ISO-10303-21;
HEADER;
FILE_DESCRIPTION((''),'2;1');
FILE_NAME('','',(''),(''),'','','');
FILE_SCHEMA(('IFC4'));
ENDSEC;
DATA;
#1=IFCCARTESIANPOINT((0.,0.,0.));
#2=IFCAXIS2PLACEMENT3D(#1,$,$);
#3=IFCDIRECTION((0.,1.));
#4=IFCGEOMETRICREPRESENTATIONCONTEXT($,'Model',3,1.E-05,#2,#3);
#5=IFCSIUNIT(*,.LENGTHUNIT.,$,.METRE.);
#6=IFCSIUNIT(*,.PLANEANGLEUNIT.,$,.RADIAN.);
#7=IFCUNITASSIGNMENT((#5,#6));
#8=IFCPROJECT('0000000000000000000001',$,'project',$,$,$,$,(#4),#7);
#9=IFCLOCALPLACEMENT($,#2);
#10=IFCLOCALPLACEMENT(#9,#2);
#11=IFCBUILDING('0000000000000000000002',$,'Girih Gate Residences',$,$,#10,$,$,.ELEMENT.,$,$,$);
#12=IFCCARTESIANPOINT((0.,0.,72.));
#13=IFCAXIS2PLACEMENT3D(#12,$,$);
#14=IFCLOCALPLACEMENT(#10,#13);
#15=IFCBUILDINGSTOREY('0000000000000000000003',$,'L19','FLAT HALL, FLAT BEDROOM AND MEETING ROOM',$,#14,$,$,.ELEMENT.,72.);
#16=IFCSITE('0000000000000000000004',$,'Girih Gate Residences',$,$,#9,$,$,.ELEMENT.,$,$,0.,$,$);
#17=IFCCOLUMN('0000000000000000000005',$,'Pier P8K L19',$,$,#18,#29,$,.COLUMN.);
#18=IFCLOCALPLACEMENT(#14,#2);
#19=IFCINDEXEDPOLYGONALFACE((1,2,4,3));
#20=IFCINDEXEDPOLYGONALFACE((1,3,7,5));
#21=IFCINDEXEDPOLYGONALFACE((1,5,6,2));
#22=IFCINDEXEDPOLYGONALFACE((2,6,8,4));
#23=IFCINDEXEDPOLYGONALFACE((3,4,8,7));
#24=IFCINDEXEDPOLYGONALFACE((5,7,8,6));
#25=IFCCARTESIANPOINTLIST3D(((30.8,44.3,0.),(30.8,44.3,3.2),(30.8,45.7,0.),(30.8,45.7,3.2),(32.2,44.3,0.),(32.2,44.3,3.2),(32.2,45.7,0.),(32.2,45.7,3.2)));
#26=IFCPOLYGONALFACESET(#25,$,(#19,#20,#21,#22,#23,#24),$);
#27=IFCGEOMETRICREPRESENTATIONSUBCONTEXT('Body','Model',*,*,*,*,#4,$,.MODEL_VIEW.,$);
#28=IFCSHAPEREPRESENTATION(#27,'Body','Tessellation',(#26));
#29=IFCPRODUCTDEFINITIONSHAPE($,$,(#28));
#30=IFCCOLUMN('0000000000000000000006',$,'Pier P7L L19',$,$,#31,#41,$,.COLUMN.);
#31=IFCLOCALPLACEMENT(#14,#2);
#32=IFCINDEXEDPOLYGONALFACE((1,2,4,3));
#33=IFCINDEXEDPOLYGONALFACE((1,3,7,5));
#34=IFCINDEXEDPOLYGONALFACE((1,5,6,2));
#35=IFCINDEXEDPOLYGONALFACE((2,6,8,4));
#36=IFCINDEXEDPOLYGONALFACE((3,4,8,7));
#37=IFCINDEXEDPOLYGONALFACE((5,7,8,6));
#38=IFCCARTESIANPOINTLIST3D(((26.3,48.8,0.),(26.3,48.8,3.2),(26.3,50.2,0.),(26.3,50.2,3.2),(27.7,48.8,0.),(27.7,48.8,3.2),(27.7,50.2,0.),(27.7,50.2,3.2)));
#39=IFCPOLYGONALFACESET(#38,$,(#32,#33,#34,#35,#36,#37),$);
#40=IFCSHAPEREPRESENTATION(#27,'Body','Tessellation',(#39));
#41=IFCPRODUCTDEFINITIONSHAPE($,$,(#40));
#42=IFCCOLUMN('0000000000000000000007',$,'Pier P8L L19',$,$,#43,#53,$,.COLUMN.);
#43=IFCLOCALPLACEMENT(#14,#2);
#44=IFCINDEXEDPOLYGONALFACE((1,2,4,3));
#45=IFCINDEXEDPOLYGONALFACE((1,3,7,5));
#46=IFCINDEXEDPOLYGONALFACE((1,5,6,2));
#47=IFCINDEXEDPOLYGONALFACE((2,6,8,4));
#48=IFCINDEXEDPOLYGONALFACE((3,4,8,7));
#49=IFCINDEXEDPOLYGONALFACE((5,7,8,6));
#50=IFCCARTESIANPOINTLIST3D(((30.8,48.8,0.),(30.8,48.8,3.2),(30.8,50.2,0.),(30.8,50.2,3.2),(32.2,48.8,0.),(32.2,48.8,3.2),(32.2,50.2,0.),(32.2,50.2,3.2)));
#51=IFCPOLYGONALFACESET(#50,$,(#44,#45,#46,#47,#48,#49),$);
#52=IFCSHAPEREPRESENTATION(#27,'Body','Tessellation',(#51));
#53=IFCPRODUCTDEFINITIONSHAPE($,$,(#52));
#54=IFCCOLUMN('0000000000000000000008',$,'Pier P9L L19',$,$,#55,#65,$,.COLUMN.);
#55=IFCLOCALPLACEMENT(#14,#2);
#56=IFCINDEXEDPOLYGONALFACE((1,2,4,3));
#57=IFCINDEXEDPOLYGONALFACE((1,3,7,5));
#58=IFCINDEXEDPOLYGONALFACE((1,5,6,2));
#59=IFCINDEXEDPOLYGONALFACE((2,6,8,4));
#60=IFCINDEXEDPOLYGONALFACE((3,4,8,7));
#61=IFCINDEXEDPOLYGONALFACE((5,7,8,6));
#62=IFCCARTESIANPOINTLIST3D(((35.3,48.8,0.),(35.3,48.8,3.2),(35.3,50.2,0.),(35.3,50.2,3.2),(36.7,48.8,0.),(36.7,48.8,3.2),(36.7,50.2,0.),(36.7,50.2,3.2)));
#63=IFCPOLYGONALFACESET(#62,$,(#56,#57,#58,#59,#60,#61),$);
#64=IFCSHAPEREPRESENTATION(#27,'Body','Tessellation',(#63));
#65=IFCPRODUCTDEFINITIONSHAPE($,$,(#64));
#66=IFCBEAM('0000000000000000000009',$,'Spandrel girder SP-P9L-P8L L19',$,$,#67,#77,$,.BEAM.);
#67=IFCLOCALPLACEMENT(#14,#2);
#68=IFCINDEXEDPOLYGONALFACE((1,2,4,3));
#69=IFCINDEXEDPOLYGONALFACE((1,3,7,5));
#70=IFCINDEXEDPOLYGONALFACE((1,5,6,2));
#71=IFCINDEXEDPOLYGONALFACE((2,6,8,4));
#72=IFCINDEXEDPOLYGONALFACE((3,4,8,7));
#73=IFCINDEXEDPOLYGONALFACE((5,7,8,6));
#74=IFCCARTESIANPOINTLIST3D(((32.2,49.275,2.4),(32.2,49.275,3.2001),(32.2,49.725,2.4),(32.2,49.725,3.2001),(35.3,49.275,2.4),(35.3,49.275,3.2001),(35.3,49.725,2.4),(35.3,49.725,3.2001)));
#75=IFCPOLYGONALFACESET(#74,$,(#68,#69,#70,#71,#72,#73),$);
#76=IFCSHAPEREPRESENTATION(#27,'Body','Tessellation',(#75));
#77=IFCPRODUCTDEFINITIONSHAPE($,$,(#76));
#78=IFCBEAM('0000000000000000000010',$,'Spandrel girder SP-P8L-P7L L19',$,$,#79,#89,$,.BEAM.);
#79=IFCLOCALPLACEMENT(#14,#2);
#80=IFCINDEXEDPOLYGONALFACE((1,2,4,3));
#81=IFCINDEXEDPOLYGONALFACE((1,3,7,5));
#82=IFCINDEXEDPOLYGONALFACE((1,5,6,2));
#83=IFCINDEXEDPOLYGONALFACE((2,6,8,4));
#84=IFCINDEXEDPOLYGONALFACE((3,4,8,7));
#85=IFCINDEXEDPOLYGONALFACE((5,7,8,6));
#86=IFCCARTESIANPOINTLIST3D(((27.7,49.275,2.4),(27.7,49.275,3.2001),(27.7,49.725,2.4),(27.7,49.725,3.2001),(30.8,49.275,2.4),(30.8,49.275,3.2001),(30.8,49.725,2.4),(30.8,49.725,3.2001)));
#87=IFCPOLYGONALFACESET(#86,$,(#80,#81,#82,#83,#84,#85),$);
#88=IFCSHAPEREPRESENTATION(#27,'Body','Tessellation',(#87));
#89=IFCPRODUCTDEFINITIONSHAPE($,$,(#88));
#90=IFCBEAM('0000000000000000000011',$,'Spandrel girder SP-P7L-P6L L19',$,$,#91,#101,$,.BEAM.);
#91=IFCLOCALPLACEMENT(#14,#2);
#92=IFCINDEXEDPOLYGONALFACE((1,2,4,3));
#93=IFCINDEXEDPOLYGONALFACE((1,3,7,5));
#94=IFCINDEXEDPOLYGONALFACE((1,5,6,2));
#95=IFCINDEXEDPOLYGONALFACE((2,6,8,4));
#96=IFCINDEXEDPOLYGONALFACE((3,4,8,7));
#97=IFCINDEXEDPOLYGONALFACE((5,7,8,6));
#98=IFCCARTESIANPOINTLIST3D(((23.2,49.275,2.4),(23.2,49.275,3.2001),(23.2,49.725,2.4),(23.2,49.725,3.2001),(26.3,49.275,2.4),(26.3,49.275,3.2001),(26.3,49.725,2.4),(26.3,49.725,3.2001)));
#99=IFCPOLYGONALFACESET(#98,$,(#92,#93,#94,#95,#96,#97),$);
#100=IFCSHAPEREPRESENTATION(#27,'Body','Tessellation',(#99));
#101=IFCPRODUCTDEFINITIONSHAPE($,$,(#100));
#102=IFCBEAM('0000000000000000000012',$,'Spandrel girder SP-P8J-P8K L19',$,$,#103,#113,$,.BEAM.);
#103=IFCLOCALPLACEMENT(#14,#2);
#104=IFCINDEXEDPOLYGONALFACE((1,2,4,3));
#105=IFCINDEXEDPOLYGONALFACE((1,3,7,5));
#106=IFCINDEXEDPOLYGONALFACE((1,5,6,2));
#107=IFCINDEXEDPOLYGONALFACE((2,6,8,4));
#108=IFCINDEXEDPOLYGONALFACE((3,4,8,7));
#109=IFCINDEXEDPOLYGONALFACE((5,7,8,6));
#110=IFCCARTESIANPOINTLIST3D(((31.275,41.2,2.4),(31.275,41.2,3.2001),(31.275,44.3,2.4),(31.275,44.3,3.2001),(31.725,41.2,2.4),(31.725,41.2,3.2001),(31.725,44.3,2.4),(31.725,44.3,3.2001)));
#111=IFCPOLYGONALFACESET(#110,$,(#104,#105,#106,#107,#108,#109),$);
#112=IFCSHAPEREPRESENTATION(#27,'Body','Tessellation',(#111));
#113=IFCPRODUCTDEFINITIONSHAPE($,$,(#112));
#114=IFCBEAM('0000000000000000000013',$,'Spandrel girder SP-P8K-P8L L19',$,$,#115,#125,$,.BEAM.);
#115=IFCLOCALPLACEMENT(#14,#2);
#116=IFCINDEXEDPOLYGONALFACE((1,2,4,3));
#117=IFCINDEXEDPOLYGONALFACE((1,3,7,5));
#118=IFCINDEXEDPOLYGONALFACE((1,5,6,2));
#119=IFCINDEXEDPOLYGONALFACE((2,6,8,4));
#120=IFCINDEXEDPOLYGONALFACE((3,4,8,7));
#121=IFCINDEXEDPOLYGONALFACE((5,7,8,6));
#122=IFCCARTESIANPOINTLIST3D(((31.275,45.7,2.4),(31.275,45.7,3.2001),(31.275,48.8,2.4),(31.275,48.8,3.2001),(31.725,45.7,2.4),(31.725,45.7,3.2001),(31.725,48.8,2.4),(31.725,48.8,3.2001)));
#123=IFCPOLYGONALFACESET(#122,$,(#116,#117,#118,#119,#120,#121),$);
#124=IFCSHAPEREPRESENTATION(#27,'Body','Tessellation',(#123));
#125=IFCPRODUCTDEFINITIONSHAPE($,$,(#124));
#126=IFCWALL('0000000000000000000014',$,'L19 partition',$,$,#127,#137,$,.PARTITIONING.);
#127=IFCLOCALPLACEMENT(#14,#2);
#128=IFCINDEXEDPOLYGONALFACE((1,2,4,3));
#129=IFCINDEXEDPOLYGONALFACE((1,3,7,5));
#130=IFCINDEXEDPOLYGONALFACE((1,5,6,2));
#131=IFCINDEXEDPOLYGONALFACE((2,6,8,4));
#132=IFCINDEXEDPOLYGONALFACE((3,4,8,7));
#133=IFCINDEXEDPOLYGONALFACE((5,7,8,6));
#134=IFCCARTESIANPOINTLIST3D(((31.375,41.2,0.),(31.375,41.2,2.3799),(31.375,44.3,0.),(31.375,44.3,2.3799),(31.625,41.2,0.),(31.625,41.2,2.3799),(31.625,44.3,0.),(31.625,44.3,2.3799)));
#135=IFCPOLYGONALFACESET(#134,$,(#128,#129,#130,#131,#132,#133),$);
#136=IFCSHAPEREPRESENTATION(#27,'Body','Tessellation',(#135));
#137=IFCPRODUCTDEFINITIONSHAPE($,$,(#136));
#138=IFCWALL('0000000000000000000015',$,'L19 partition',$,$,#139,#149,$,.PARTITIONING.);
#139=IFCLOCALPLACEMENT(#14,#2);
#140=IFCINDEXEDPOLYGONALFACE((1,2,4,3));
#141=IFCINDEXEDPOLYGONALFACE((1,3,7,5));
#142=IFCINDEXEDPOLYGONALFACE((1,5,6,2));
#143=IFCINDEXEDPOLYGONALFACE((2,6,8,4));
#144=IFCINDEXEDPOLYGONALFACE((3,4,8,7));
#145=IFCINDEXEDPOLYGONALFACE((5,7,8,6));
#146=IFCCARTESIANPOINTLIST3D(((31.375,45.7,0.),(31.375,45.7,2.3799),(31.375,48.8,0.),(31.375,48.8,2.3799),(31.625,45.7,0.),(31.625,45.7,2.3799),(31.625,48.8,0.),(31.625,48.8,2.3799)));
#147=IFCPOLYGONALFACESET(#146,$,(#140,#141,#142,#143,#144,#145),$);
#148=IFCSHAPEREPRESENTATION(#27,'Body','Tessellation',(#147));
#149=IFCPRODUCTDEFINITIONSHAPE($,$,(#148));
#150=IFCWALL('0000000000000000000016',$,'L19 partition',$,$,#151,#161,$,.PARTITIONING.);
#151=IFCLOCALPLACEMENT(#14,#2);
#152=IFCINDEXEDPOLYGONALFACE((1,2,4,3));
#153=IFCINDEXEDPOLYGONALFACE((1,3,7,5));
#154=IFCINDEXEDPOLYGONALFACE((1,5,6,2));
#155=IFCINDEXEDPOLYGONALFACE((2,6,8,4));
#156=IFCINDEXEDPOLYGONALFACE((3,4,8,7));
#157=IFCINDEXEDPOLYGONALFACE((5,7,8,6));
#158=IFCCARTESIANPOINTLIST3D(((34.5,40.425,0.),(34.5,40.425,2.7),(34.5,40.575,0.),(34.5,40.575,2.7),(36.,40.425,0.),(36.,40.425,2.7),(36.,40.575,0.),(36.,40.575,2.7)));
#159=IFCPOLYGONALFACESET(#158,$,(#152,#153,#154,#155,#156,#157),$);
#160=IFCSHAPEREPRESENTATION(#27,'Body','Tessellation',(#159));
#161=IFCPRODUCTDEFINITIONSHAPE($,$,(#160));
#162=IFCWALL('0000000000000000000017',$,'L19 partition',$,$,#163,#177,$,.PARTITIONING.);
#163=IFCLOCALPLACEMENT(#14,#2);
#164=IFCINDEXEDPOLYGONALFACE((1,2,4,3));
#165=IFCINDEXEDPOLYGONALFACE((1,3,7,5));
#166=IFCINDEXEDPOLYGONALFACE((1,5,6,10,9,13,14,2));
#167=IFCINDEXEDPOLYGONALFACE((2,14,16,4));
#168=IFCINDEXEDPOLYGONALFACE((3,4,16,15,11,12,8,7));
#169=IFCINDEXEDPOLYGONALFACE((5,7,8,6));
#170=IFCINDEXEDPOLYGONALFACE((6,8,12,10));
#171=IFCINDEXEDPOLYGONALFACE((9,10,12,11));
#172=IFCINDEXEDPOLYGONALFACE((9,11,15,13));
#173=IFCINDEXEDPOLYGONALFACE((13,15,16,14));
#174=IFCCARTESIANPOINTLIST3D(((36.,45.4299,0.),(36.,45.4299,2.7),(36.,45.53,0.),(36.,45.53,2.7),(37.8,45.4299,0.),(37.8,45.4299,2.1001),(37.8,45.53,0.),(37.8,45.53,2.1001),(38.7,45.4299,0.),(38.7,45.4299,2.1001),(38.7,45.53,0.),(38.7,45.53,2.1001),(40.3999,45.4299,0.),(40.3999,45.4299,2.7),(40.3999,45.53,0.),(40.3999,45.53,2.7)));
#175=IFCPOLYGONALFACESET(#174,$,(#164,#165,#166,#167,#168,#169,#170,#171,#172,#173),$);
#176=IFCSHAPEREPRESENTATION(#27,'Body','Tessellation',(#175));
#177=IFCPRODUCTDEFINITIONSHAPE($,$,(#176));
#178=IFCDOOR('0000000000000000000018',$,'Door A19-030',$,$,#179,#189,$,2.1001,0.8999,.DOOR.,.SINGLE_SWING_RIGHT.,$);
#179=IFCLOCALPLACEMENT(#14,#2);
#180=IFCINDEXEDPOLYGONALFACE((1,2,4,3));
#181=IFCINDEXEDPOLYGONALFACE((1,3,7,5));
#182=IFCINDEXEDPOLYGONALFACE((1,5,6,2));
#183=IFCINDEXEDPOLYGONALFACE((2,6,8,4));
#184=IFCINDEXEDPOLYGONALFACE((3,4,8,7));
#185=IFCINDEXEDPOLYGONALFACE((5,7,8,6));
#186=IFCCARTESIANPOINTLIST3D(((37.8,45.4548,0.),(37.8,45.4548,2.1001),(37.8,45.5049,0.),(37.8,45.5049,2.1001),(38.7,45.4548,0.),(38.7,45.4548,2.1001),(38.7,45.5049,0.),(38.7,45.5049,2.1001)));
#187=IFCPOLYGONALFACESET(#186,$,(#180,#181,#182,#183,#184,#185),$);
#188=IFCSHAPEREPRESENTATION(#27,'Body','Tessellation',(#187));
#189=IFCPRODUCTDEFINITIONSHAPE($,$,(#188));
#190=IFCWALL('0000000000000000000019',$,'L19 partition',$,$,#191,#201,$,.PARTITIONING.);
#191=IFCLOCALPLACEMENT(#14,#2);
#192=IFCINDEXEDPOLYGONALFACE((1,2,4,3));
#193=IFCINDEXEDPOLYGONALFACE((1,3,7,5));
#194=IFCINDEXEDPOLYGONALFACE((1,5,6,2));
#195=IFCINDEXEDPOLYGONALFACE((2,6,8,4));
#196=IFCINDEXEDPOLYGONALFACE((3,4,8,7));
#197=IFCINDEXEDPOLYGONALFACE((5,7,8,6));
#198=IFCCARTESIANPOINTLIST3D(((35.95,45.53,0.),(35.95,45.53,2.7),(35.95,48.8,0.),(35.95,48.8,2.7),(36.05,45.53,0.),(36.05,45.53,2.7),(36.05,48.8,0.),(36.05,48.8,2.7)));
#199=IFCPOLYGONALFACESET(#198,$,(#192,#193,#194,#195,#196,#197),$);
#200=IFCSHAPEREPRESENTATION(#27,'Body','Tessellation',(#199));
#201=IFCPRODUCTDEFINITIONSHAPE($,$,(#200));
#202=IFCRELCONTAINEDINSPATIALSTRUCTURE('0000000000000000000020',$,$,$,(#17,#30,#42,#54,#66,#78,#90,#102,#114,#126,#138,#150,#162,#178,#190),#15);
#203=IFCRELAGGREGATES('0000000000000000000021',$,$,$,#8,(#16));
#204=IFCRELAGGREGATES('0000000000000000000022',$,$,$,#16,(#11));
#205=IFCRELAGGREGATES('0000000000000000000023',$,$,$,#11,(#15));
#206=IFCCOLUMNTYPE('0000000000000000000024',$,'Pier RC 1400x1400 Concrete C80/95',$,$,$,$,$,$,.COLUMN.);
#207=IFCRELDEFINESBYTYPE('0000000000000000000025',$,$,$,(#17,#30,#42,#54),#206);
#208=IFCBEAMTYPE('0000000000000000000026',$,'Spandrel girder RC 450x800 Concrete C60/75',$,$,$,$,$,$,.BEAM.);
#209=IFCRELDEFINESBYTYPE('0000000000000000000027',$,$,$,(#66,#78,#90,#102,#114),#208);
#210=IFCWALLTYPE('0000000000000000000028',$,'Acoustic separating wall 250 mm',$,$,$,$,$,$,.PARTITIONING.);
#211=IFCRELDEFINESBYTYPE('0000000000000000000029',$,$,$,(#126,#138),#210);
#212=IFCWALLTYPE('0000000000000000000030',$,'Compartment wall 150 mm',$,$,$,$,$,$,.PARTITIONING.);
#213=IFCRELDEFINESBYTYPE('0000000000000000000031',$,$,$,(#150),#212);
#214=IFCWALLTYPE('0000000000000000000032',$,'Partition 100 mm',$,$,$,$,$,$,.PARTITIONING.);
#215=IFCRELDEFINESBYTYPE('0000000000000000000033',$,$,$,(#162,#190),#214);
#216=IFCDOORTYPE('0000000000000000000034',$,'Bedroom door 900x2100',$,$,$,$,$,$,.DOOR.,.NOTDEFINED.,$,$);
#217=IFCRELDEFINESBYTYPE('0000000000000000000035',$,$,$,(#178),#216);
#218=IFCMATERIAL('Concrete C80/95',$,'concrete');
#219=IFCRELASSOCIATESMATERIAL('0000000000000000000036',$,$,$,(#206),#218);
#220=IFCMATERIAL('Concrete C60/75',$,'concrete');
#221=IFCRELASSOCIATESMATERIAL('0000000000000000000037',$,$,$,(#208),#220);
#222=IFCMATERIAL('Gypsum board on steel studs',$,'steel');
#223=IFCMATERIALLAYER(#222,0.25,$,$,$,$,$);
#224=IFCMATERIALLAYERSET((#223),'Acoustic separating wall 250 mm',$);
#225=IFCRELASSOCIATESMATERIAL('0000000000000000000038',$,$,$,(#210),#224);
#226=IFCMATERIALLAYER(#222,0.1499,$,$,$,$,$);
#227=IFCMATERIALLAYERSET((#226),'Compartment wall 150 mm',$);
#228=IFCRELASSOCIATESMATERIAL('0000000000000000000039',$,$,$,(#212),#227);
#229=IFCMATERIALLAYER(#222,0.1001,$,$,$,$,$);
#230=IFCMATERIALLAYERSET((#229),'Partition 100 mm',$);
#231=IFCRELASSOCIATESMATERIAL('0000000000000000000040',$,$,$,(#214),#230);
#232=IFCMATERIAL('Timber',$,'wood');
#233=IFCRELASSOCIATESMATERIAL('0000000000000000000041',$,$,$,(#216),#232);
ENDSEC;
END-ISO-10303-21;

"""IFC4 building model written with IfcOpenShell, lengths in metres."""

from ifc_helpers import new_model, si_unit, direction, frame, frame_2d, origin, origin_2d, place, context, subcontext, project, spatial, rectangle, extrude, material, layer, layer_set, material_profile, profile_set, type_object, element, fill, save


model = new_model("IFC4")

# Units and contexts
model_context = context("Model", 3, precision=1e-05, world=origin(), true_north=direction((0.0, 1.0)))
body_context = subcontext(model_context, "Body", "Model", "MODEL_VIEW")
ifc_project = project(units=[si_unit("LENGTHUNIT", "METRE"), si_unit("PLANEANGLEUNIT", "RADIAN")], contexts=[model_context])

# Site, building, storey
site_placement = place(None, origin())
site = spatial("IfcSite", under=ifc_project, at=site_placement, Name="Girih Gate Residences", CompositionType="ELEMENT", RefElevation=0.0)
building_placement = place(site_placement, origin())
building = spatial("IfcBuilding", under=site, at=building_placement, Name="Girih Gate Residences", CompositionType="ELEMENT")
storey_placement = place(building_placement, frame((0.0, 0.0, 72.0)))
storey = spatial("IfcBuildingStorey", under=building, at=storey_placement, Name="L19", Description="FLAT HALL, FLAT BEDROOM AND MEETING ROOM", CompositionType="ELEMENT", Elevation=72.0)

# Columns
ifc_material_1 = material(Name="Concrete C80/95", Category="concrete")
ifc_material_profile_1 = material_profile(ifc_material_1, rectangle(XDim=1.3999, YDim=1.3999, at=origin_2d()))
ifc_profile_set_1 = profile_set([ifc_material_profile_1], Name="Concrete C80/95")
column_type = type_object("IfcColumnType", Name="Pier RC 1400x1400 Concrete C80/95", PredefinedType="COLUMN", material=ifc_profile_set_1)
for number, where, z_axis, x_axis, name in (
    (1, (31.5, 45.0, 0.0), (0.0, 0.0, 1.0), (1.0, 0.0, 0.0), "Pier P8K L19"),
    (2, (27.0, 49.5, 0.0), (0.0, 0.0, 1.0), (1.0, 0.0, 0.0), "Pier P7L L19"),
    (3, (31.5, 49.5, 0.0), (0.0, 0.0, 1.0), (1.0, 0.0, 0.0), "Pier P8L L19"),
    (4, (36.0, 49.5, 0.0), (0.0, 0.0, 1.0), (1.0, 0.0, 0.0), "Pier P9L L19"),
):
    element("IfcColumn", number, at=place(storey_placement, frame(where, z_axis=z_axis, x_axis=x_axis)), inside=storey, type_object=column_type, Name=name, PredefinedType="COLUMN", context=body_context, shape_type="SweptSolid", body=[
        extrude(rectangle(XDim=1.3999, YDim=1.3999, at=origin_2d()), origin(), (0.0, 0.0, 1.0), 3.2),
    ])

# Beams
ifc_material_2 = material(Name="Concrete C60/75", Category="concrete")
ifc_material_profile_2 = material_profile(ifc_material_2, rectangle(XDim=0.45, YDim=0.8, at=origin_2d()))
ifc_profile_set_2 = profile_set([ifc_material_profile_2], Name="Concrete C60/75")
beam_type = type_object("IfcBeamType", Name="Spandrel girder RC 450x800 Concrete C60/75", PredefinedType="BEAM", material=ifc_profile_set_2)
for number, where, z_axis, x_axis, name in (
    (5, (35.3, 49.5, 2.8), (-1.0, 0.0, 0.0), (0.0, -1.0, 0.0), "Spandrel girder SP-P9L-P8L L19"),
    (6, (30.8, 49.5, 2.8), (-1.0, 0.0, 0.0), (0.0, -1.0, 0.0), "Spandrel girder SP-P8L-P7L L19"),
    (7, (26.3, 49.5, 2.8), (-1.0, 0.0, 0.0), (0.0, -1.0, 0.0), "Spandrel girder SP-P7L-P6L L19"),
    (8, (31.5, 41.2, 2.8), (0.0, 1.0, 0.0), (-1.0, 0.0, 0.0), "Spandrel girder SP-P8J-P8K L19"),
    (9, (31.5, 45.7, 2.8), (0.0, 1.0, 0.0), (-1.0, 0.0, 0.0), "Spandrel girder SP-P8K-P8L L19"),
):
    element("IfcBeam", number, at=place(storey_placement, frame(where, z_axis=z_axis, x_axis=x_axis)), inside=storey, type_object=beam_type, Name=name, PredefinedType="BEAM", context=body_context, shape_type="SweptSolid", body=[
        extrude(rectangle(XDim=0.45, YDim=0.8, at=origin_2d()), origin(), (0.0, 0.0, 1.0), 3.1001),
    ])

# Walls
ifc_material_3 = material(Name="Gypsum board on steel studs", Category="steel")
ifc_layer_1 = layer(ifc_material_3, 0.25)
ifc_layer_set_1 = layer_set([ifc_layer_1], Name="Acoustic separating wall 250 mm")
wall_type_1 = type_object("IfcWallType", Name="Acoustic separating wall 250 mm", PredefinedType="PARTITIONING", material=ifc_layer_set_1)
for number, where, z_axis, x_axis, name in (
    (10, (31.5, 41.2, 0.0), (0.0, 0.0, 1.0), (0.0, 1.0, 0.0), "L19 partition"),
    (11, (31.5, 45.7, 0.0), (0.0, 0.0, 1.0), (0.0, 1.0, 0.0), "L19 partition"),
):
    element("IfcWall", number, at=place(storey_placement, frame(where, z_axis=z_axis, x_axis=x_axis)), inside=storey, type_object=wall_type_1, Name=name, PredefinedType="PARTITIONING", context=body_context, shape_type="SweptSolid", body=[
        extrude(rectangle(XDim=3.1001, YDim=0.25, at=frame_2d((1.55, 0.0))), origin(), (0.0, 0.0, 1.0), 2.3799),
    ])
ifc_layer_2 = layer(ifc_material_3, 0.1499)
ifc_layer_set_2 = layer_set([ifc_layer_2], Name="Compartment wall 150 mm")
wall_type_2 = type_object("IfcWallType", Name="Compartment wall 150 mm", PredefinedType="PARTITIONING", material=ifc_layer_set_2)
wall_1_placement = place(storey_placement, frame((34.5, 40.5, 0.0), z_axis=(0.0, 0.0, 1.0), x_axis=(1.0, 0.0, 0.0)))
element("IfcWall", 12, at=wall_1_placement, inside=storey, type_object=wall_type_2, Name="L19 partition", PredefinedType="PARTITIONING", context=body_context, shape_type="SweptSolid", body=[
    extrude(rectangle(XDim=1.5, YDim=0.1499, at=frame_2d((0.75, 0.0))), origin(), (0.0, 0.0, 1.0), 2.7),
])

# Wall, opening, door
ifc_layer_3 = layer(ifc_material_3, 0.1001)
ifc_layer_set_3 = layer_set([ifc_layer_3], Name="Partition 100 mm")
wall_type_3 = type_object("IfcWallType", Name="Partition 100 mm", PredefinedType="PARTITIONING", material=ifc_layer_set_3)
wall_2_placement = place(storey_placement, frame((36.0, 45.48, 0.0), z_axis=(0.0, 0.0, 1.0), x_axis=(1.0, 0.0, 0.0)))
wall_2 = element("IfcWall", 13, at=wall_2_placement, inside=storey, type_object=wall_type_3, Name="L19 partition", PredefinedType="PARTITIONING", context=body_context, shape_type="SweptSolid", body=[
    extrude(rectangle(XDim=4.3999, YDim=0.1001, at=frame_2d((2.2, 0.0))), origin(), (0.0, 0.0, 1.0), 2.7),
])
opening_1_placement = place(wall_2_placement, frame((1.8, 0.0, 0.0)))
opening_1 = element("IfcOpeningElement", 14, at=opening_1_placement, cuts=wall_2, PredefinedType="OPENING", context=body_context, shape_type="SweptSolid", body=[
    extrude(rectangle(XDim=0.8999, YDim=2.1001, at=frame_2d((0.45, 1.05))), frame((0.0, 0.0601, 0.0), z_axis=(0.0, -1.0, 0.0), x_axis=(1.0, 0.0, 0.0)), (0.0, 0.0, 1.0), 0.1201),
])
ifc_material_4 = material(Name="Timber", Category="wood")
door_type_1 = type_object("IfcDoorType", Name="Bedroom door 900x2100", OperationType="NOTDEFINED", PredefinedType="DOOR", material=ifc_material_4)
door_1_placement = place(opening_1_placement, origin())
door_1 = element("IfcDoor", 15, at=door_1_placement, inside=storey, type_object=door_type_1, Name="Door A19-030", OperationType="SINGLE_SWING_RIGHT", OverallHeight=2.1001, OverallWidth=0.8999, PredefinedType="DOOR", context=body_context, shape_type="SweptSolid", body=[
    extrude(rectangle(XDim=0.8999, YDim=2.1001, at=frame_2d((0.45, 1.05))), frame((0.0, 0.0249, 0.0), z_axis=(0.0, -1.0, 0.0), x_axis=(1.0, 0.0, 0.0)), (0.0, 0.0, 1.0), 0.05),
])
fill(opening_1, door_1)

# Wall
wall_3_placement = place(storey_placement, frame((36.0, 45.53, 0.0), z_axis=(0.0, 0.0, 1.0), x_axis=(0.0, 1.0, 0.0)))
element("IfcWall", 16, at=wall_3_placement, inside=storey, type_object=wall_type_3, Name="L19 partition", PredefinedType="PARTITIONING", context=body_context, shape_type="SweptSolid", body=[
    extrude(rectangle(XDim=3.27, YDim=0.1001, at=frame_2d((1.635, 0.0))), origin(), (0.0, 0.0, 1.0), 2.7),
])

save(model, "model.ifc")
